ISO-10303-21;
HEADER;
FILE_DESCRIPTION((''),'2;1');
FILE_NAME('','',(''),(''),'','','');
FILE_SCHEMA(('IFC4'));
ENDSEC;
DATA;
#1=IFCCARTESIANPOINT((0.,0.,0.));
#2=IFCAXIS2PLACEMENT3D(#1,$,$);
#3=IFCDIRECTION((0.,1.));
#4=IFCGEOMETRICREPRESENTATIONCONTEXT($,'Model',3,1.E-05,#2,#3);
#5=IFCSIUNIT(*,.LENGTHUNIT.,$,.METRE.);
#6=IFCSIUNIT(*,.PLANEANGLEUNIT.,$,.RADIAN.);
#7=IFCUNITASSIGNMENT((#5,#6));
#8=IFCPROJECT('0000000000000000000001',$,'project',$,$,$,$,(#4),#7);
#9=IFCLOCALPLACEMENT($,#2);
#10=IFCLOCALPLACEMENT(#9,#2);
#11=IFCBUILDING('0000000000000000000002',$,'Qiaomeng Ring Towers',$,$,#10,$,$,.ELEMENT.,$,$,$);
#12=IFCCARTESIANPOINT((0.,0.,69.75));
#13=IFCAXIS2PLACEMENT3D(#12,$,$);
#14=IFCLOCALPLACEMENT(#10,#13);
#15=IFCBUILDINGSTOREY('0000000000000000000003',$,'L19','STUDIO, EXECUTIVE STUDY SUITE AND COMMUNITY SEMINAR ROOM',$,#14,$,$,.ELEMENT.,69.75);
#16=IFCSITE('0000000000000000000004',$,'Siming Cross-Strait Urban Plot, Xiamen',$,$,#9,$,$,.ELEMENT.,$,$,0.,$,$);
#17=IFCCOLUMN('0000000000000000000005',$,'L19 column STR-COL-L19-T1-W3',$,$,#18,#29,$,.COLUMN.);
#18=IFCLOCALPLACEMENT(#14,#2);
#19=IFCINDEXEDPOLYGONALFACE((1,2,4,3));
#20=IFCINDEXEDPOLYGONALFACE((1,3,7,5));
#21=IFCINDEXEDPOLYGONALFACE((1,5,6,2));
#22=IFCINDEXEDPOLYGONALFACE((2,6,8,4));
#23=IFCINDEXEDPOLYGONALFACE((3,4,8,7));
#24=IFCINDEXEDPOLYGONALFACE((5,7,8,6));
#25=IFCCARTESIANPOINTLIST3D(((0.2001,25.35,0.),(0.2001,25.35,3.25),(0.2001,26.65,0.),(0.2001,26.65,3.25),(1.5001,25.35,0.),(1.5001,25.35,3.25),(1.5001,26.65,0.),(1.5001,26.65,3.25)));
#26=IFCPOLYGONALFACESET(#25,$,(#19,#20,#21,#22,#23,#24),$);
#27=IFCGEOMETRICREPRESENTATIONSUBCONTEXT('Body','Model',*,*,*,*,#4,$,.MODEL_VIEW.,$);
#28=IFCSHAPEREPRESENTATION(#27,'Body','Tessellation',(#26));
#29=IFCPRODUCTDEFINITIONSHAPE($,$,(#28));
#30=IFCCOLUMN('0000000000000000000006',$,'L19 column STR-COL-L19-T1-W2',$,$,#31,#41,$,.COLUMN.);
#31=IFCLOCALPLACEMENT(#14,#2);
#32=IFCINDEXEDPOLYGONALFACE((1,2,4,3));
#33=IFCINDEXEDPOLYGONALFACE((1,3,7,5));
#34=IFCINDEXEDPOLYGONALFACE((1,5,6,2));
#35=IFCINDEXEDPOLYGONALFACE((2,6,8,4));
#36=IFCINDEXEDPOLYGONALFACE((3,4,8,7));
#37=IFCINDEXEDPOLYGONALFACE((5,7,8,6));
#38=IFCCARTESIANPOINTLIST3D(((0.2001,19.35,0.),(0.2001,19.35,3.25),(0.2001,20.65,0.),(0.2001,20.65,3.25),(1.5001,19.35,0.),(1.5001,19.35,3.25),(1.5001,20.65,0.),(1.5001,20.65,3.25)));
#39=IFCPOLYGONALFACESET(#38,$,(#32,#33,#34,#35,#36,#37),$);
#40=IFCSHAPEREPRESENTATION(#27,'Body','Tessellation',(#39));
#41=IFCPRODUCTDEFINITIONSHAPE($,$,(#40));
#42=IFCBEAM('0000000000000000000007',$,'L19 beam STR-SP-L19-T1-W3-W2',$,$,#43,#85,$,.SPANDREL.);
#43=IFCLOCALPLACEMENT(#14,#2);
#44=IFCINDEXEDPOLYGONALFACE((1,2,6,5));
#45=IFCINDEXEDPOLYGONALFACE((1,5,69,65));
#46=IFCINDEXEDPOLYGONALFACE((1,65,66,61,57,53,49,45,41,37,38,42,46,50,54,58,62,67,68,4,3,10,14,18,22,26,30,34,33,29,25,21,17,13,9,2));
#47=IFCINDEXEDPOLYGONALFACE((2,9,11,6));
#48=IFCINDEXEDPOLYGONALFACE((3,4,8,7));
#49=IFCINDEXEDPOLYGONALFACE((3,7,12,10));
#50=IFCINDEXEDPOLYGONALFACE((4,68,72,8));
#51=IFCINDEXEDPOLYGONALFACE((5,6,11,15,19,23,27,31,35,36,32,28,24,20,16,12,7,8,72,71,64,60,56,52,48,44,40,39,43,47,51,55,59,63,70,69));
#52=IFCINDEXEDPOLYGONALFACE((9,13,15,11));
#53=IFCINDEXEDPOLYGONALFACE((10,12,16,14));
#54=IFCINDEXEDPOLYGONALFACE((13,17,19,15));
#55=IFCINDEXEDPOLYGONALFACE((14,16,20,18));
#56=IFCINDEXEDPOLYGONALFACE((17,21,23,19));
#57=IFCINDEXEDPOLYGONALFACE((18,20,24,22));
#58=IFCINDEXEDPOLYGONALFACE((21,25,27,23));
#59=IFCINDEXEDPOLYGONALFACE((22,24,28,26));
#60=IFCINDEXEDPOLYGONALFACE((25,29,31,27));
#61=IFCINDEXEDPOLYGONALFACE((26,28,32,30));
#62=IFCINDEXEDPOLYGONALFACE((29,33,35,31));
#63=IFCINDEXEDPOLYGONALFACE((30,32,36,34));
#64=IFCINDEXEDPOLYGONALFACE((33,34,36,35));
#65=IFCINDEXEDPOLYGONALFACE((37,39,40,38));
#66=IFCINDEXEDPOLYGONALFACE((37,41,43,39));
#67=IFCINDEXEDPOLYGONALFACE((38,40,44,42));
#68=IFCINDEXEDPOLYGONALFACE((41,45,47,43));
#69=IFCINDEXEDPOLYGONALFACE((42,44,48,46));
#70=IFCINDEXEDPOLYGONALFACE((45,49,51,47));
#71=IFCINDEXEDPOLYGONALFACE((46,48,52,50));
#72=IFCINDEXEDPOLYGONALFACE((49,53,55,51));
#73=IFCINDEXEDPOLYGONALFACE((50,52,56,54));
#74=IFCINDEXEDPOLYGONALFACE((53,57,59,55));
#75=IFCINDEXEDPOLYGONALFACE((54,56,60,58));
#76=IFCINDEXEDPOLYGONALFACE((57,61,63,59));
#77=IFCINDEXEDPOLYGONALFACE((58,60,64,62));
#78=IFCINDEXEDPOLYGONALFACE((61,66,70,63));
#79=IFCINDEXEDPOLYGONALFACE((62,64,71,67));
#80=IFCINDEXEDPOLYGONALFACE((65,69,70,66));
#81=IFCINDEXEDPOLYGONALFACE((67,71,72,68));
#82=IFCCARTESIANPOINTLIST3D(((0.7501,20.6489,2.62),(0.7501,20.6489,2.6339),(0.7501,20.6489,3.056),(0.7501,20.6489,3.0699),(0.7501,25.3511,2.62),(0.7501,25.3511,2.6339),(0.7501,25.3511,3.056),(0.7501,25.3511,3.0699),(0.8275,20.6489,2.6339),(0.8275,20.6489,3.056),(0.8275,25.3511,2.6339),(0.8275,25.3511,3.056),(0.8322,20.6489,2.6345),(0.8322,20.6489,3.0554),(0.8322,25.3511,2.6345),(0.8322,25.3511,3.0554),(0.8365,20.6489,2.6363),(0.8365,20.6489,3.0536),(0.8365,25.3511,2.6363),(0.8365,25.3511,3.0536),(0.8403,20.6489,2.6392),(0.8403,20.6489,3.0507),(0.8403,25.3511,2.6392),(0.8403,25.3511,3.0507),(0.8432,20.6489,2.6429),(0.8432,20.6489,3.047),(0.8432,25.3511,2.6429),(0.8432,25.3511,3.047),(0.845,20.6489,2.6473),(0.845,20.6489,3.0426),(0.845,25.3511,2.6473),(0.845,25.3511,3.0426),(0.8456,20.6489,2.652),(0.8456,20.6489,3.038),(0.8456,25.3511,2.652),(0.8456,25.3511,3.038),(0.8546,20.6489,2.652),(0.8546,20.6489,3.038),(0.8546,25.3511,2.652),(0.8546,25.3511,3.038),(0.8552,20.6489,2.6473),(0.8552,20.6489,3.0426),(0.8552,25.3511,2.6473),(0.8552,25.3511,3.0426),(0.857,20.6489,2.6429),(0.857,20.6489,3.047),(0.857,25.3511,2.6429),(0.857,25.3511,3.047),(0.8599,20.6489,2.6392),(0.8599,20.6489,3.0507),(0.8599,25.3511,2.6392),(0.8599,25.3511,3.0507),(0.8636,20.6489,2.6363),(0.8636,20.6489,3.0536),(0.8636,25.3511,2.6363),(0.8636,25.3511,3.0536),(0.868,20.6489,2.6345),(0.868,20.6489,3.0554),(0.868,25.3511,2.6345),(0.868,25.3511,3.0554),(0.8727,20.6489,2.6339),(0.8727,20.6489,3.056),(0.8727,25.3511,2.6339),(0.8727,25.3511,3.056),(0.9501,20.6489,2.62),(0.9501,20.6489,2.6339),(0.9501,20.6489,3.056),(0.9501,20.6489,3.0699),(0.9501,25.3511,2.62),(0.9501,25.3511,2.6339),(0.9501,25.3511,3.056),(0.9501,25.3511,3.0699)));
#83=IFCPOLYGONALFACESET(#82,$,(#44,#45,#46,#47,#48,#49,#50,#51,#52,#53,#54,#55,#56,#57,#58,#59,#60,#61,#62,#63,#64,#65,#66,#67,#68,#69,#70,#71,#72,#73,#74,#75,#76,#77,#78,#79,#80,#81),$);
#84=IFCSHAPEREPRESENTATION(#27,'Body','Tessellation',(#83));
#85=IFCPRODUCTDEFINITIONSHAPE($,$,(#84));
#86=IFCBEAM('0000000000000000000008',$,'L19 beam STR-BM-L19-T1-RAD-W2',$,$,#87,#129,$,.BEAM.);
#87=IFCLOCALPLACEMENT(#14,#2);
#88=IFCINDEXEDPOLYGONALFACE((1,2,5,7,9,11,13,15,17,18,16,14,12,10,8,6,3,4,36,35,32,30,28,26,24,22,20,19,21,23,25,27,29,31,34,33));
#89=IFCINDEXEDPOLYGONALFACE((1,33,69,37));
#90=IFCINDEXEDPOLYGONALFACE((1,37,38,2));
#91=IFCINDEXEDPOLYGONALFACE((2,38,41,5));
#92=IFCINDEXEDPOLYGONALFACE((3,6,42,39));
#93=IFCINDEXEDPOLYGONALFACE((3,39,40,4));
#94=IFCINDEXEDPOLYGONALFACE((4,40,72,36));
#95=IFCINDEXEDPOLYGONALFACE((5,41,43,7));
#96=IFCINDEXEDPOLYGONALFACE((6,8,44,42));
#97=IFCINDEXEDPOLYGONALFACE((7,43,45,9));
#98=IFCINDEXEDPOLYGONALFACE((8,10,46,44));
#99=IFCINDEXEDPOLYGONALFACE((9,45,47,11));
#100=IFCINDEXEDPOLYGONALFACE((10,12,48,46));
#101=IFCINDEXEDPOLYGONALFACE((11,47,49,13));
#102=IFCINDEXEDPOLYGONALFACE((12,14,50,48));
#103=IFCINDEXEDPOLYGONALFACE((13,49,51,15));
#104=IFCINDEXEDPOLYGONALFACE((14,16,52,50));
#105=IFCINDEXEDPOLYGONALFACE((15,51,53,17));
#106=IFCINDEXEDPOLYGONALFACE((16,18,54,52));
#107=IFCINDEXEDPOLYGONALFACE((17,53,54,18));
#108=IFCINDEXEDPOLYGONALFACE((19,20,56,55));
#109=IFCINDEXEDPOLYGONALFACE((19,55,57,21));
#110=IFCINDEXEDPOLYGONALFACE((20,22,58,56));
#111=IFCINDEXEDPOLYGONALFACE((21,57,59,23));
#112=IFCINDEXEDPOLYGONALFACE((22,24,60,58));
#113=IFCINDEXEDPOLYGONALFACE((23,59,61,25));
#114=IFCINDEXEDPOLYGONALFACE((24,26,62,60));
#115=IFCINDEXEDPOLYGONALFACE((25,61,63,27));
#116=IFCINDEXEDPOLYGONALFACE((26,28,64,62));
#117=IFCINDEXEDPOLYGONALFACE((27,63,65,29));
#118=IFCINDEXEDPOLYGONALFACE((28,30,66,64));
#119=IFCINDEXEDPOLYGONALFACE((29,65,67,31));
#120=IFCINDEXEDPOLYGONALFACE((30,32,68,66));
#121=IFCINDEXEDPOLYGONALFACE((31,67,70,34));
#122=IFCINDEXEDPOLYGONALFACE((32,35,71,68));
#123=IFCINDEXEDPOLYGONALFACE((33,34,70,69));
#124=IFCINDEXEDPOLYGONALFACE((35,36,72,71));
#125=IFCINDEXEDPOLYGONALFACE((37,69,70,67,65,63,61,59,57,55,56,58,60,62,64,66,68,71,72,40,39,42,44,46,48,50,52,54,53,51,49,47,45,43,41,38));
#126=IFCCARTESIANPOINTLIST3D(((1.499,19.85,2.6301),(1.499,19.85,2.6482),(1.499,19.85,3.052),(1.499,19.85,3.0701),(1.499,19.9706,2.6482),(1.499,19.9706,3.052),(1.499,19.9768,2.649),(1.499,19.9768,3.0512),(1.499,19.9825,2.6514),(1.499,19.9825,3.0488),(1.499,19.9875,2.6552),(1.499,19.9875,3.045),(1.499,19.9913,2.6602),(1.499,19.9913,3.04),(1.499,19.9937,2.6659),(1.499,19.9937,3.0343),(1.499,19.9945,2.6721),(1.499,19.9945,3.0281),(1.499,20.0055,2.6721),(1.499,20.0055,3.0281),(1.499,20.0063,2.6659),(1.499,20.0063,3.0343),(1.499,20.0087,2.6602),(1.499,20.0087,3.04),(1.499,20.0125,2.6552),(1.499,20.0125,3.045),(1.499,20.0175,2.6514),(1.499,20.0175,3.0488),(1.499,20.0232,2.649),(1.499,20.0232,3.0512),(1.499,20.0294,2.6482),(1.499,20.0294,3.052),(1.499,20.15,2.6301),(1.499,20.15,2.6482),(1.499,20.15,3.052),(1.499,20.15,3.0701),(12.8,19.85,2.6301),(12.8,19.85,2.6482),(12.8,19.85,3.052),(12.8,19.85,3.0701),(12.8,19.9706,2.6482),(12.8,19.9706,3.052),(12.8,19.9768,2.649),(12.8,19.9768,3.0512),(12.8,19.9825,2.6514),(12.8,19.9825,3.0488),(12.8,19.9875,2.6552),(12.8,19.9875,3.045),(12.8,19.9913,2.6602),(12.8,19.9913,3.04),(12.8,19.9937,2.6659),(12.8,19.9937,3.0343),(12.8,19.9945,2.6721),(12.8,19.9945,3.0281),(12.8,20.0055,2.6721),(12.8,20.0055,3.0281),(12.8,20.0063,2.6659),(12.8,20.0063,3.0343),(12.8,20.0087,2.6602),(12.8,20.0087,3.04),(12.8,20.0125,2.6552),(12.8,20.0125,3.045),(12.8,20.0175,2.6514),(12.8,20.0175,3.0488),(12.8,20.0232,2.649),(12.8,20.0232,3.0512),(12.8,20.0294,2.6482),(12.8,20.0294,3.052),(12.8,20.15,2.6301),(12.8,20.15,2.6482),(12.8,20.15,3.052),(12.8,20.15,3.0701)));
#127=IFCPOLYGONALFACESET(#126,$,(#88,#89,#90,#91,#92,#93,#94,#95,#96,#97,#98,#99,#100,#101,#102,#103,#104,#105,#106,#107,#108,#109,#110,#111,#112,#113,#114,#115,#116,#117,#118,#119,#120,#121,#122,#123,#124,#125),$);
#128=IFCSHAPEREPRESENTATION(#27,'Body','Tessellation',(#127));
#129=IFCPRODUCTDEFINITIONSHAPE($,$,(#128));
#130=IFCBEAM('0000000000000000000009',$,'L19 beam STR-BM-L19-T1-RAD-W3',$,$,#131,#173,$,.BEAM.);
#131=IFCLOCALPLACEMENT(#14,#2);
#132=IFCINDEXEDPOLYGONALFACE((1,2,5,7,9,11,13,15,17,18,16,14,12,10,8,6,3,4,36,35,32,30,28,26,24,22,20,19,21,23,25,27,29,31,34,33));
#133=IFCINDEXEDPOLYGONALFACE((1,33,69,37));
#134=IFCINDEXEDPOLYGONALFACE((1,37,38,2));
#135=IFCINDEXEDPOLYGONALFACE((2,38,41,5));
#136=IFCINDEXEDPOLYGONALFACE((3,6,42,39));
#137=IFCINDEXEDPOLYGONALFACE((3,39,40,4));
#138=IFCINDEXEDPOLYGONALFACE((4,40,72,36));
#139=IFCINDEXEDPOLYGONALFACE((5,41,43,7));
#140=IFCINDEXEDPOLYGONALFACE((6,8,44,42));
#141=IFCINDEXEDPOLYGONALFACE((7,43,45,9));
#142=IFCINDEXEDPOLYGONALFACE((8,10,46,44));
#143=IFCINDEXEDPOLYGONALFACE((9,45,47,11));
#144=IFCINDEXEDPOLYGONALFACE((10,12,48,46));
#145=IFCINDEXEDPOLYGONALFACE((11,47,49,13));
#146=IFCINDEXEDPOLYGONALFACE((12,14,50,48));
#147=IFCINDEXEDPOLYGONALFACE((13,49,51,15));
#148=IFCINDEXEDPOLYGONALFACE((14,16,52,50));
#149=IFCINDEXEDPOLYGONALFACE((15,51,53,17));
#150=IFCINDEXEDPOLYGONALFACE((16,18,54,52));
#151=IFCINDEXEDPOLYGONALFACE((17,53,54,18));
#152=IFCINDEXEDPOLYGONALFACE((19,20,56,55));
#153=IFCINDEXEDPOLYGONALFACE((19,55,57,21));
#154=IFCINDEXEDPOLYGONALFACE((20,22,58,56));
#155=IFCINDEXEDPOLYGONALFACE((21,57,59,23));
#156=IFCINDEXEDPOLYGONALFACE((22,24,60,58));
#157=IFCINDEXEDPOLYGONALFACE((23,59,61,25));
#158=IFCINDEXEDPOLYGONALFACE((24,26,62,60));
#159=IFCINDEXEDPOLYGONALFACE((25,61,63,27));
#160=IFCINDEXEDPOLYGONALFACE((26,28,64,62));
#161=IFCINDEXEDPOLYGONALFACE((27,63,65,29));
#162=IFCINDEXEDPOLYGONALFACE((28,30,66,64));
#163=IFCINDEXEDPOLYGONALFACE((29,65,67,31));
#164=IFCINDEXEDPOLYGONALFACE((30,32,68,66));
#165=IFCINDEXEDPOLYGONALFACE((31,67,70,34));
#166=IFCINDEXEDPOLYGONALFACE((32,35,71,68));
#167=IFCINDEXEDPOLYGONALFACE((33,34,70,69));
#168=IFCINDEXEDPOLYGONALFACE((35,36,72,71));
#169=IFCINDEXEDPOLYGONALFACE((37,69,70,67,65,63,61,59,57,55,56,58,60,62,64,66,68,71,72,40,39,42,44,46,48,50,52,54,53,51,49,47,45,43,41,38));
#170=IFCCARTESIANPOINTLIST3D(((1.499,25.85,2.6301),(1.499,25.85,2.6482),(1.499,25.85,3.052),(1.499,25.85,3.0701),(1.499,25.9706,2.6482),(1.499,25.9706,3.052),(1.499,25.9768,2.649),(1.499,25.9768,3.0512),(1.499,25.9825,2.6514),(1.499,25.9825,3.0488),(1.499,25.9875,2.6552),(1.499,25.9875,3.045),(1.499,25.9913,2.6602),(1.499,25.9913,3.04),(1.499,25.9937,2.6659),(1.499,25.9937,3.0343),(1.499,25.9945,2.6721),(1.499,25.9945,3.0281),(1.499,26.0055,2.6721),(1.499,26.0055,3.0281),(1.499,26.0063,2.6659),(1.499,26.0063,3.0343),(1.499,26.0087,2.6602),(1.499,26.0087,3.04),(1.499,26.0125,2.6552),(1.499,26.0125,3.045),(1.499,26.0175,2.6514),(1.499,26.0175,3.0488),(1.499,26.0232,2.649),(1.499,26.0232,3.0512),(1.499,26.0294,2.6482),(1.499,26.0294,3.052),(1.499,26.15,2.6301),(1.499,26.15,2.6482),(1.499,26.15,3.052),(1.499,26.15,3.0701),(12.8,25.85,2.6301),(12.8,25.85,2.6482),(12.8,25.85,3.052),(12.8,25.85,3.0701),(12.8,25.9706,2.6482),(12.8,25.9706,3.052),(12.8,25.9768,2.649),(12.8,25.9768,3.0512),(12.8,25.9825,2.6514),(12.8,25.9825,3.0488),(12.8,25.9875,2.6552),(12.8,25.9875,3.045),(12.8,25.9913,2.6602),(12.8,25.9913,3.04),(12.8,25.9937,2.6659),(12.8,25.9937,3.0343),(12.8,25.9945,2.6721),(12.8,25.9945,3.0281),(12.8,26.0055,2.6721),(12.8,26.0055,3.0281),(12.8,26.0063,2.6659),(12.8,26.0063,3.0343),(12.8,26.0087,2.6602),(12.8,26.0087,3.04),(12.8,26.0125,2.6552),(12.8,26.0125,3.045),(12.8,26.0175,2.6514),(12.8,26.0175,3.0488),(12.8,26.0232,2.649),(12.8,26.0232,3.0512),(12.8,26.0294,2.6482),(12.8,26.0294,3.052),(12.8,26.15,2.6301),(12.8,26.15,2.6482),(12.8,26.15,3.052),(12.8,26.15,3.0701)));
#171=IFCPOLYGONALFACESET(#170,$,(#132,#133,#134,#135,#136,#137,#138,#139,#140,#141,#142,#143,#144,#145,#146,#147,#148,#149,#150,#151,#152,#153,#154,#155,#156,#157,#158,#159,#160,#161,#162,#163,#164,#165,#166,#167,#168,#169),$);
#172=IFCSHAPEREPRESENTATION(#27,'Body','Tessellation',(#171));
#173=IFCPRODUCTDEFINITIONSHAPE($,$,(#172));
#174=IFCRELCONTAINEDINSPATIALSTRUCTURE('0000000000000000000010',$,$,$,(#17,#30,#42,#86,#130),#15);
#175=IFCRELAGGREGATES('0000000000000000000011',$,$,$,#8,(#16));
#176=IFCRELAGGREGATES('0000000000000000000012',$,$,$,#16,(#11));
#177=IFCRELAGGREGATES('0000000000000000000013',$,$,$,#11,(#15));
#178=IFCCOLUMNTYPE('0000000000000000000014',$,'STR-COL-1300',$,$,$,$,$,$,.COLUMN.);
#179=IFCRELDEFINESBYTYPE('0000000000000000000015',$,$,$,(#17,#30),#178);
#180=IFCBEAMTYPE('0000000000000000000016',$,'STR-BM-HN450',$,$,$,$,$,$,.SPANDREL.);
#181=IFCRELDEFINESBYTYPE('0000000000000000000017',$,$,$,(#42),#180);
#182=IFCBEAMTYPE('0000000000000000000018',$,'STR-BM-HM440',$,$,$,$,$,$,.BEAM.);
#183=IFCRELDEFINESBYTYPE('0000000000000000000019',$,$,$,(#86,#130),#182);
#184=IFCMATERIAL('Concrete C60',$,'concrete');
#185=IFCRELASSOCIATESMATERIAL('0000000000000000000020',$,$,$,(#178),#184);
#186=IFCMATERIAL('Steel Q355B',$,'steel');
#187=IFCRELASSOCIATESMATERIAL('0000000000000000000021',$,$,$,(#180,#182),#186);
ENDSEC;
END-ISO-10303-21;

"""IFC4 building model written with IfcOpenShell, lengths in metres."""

from ifc_helpers import new_model, si_unit, direction, frame, origin, origin_2d, place, context, subcontext, project, spatial, rectangle, i_section, extrude, source, transform, mapped, material, material_profile, profile_set, type_object, element, save


model = new_model("IFC4")

# Units and contexts
model_context = context("Model", 3, precision=1e-05, world=origin(), true_north=direction((0.0, 1.0)))
body_context = subcontext(model_context, "Body", "Model", "MODEL_VIEW")
ifc_project = project(units=[si_unit("LENGTHUNIT", "METRE"), si_unit("PLANEANGLEUNIT", "RADIAN")], contexts=[model_context])

# Site, building, storey
site_placement = place(None, origin())
site = spatial("IfcSite", under=ifc_project, at=site_placement, Name="Siming Cross-Strait Urban Plot, Xiamen", CompositionType="ELEMENT", RefElevation=0.0)
building_placement = place(site_placement, origin())
building = spatial("IfcBuilding", under=site, at=building_placement, Name="Qiaomeng Ring Towers", CompositionType="ELEMENT")
storey_placement = place(building_placement, frame((0.0, 0.0, 69.75)))
storey = spatial("IfcBuildingStorey", under=building, at=storey_placement, Name="L19", Description="STUDIO, EXECUTIVE STUDY SUITE AND COMMUNITY SEMINAR ROOM", CompositionType="ELEMENT", Elevation=69.75)

# Columns
ifc_material_1 = material(Name="Concrete C60", Category="concrete")
ifc_material_profile_1 = material_profile(ifc_material_1, rectangle(XDim=1.3, YDim=1.3, at=origin_2d()), Name="RC COL 1300x1300")
ifc_profile_set_1 = profile_set([ifc_material_profile_1], Name="Concrete C60")
column_type = type_object("IfcColumnType", Name="STR-COL-1300", PredefinedType="COLUMN", material=ifc_profile_set_1)
shared_shape_1 = source(origin(), body_context, "Body", "SweptSolid", [
    extrude(rectangle(XDim=1.3, YDim=1.3, at=origin_2d()), origin(), (0.0, 0.0, 1.0), 3.25),
])
for number, where, z_axis, x_axis, name in (
    (1, (0.8501, 26.0, 0.0), (0.0, 0.0, 1.0), (1.0, 0.0, 0.0), "L19 column STR-COL-L19-T1-W3"),
    (2, (0.8501, 20.0, 0.0), (0.0, 0.0, 1.0), (1.0, 0.0, 0.0), "L19 column STR-COL-L19-T1-W2"),
):
    element("IfcColumn", number, at=place(storey_placement, frame(where, z_axis=z_axis, x_axis=x_axis)), inside=storey, type_object=column_type, Name=name, PredefinedType="COLUMN", context=body_context, shape_type="MappedRepresentation", body=[
        mapped(shared_shape_1, transform((0.0, 0.0, 0.0), x_axis=(1.0, 0.0, 0.0), y_axis=(0.0, 1.0, 0.0), z_axis=(0.0, 0.0, 1.0), scale=1.0)),
    ])

# Beams
ifc_material_2 = material(Name="Steel Q355B", Category="steel")
ifc_material_profile_2 = material_profile(ifc_material_2, i_section(OverallWidth=0.2, OverallDepth=0.45, WebThickness=0.009, FlangeThickness=0.0139, FilletRadius=0.0181, at=origin_2d()), Name="HN 450x200x9x14")
ifc_profile_set_2 = profile_set([ifc_material_profile_2], Name="Steel Q355B")
beam_type_1 = type_object("IfcBeamType", Name="STR-BM-HN450", PredefinedType="SPANDREL", material=ifc_profile_set_2)
shared_shape_2 = source(origin(), body_context, "Body", "SweptSolid", [
    extrude(i_section(OverallWidth=0.2, OverallDepth=0.45, WebThickness=0.009, FlangeThickness=0.0139, FilletRadius=0.0181, at=origin_2d()), origin(), (0.0, 0.0, 1.0), 4.7021),
])
beam_1_placement = place(storey_placement, frame((0.8501, 25.3511, 2.845), z_axis=(0.0, -1.0, 0.0), x_axis=(1.0, 0.0, 0.0)))
element("IfcBeam", 3, at=beam_1_placement, inside=storey, type_object=beam_type_1, Name="L19 beam STR-SP-L19-T1-W3-W2", PredefinedType="SPANDREL", context=body_context, shape_type="MappedRepresentation", body=[
    mapped(shared_shape_2, transform((0.0, 0.0, 0.0), x_axis=(1.0, 0.0, 0.0), y_axis=(0.0, 1.0, 0.0), z_axis=(0.0, 0.0, 1.0), scale=1.0)),
])
ifc_material_profile_3 = material_profile(ifc_material_2, i_section(OverallWidth=0.3, OverallDepth=0.4399, WebThickness=0.011, FlangeThickness=0.0181, FilletRadius=0.0239, at=origin_2d()), Name="HM 440x300x11x18")
ifc_profile_set_3 = profile_set([ifc_material_profile_3], Name="Steel Q355B")
beam_type_2 = type_object("IfcBeamType", Name="STR-BM-HM440", PredefinedType="BEAM", material=ifc_profile_set_3)
shared_shape_3 = source(origin(), body_context, "Body", "SweptSolid", [
    extrude(i_section(OverallWidth=0.3, OverallDepth=0.4399, WebThickness=0.011, FlangeThickness=0.0181, FilletRadius=0.0239, at=origin_2d()), origin(), (0.0, 0.0, 1.0), 11.301),
])
for number, where, z_axis, x_axis, name in (
    (4, (1.499, 20.0, 2.8501), (1.0, 0.0, 0.0), (0.0, 1.0, 0.0), "L19 beam STR-BM-L19-T1-RAD-W2"),
    (5, (1.499, 26.0, 2.8501), (1.0, 0.0, 0.0), (0.0, 1.0, 0.0), "L19 beam STR-BM-L19-T1-RAD-W3"),
):
    element("IfcBeam", number, at=place(storey_placement, frame(where, z_axis=z_axis, x_axis=x_axis)), inside=storey, type_object=beam_type_2, Name=name, PredefinedType="BEAM", context=body_context, shape_type="MappedRepresentation", body=[
        mapped(shared_shape_3, transform((0.0, 0.0, 0.0), x_axis=(1.0, 0.0, 0.0), y_axis=(0.0, 1.0, 0.0), z_axis=(0.0, 0.0, 1.0), scale=1.0)),
    ])

save(model, "model.ifc")
